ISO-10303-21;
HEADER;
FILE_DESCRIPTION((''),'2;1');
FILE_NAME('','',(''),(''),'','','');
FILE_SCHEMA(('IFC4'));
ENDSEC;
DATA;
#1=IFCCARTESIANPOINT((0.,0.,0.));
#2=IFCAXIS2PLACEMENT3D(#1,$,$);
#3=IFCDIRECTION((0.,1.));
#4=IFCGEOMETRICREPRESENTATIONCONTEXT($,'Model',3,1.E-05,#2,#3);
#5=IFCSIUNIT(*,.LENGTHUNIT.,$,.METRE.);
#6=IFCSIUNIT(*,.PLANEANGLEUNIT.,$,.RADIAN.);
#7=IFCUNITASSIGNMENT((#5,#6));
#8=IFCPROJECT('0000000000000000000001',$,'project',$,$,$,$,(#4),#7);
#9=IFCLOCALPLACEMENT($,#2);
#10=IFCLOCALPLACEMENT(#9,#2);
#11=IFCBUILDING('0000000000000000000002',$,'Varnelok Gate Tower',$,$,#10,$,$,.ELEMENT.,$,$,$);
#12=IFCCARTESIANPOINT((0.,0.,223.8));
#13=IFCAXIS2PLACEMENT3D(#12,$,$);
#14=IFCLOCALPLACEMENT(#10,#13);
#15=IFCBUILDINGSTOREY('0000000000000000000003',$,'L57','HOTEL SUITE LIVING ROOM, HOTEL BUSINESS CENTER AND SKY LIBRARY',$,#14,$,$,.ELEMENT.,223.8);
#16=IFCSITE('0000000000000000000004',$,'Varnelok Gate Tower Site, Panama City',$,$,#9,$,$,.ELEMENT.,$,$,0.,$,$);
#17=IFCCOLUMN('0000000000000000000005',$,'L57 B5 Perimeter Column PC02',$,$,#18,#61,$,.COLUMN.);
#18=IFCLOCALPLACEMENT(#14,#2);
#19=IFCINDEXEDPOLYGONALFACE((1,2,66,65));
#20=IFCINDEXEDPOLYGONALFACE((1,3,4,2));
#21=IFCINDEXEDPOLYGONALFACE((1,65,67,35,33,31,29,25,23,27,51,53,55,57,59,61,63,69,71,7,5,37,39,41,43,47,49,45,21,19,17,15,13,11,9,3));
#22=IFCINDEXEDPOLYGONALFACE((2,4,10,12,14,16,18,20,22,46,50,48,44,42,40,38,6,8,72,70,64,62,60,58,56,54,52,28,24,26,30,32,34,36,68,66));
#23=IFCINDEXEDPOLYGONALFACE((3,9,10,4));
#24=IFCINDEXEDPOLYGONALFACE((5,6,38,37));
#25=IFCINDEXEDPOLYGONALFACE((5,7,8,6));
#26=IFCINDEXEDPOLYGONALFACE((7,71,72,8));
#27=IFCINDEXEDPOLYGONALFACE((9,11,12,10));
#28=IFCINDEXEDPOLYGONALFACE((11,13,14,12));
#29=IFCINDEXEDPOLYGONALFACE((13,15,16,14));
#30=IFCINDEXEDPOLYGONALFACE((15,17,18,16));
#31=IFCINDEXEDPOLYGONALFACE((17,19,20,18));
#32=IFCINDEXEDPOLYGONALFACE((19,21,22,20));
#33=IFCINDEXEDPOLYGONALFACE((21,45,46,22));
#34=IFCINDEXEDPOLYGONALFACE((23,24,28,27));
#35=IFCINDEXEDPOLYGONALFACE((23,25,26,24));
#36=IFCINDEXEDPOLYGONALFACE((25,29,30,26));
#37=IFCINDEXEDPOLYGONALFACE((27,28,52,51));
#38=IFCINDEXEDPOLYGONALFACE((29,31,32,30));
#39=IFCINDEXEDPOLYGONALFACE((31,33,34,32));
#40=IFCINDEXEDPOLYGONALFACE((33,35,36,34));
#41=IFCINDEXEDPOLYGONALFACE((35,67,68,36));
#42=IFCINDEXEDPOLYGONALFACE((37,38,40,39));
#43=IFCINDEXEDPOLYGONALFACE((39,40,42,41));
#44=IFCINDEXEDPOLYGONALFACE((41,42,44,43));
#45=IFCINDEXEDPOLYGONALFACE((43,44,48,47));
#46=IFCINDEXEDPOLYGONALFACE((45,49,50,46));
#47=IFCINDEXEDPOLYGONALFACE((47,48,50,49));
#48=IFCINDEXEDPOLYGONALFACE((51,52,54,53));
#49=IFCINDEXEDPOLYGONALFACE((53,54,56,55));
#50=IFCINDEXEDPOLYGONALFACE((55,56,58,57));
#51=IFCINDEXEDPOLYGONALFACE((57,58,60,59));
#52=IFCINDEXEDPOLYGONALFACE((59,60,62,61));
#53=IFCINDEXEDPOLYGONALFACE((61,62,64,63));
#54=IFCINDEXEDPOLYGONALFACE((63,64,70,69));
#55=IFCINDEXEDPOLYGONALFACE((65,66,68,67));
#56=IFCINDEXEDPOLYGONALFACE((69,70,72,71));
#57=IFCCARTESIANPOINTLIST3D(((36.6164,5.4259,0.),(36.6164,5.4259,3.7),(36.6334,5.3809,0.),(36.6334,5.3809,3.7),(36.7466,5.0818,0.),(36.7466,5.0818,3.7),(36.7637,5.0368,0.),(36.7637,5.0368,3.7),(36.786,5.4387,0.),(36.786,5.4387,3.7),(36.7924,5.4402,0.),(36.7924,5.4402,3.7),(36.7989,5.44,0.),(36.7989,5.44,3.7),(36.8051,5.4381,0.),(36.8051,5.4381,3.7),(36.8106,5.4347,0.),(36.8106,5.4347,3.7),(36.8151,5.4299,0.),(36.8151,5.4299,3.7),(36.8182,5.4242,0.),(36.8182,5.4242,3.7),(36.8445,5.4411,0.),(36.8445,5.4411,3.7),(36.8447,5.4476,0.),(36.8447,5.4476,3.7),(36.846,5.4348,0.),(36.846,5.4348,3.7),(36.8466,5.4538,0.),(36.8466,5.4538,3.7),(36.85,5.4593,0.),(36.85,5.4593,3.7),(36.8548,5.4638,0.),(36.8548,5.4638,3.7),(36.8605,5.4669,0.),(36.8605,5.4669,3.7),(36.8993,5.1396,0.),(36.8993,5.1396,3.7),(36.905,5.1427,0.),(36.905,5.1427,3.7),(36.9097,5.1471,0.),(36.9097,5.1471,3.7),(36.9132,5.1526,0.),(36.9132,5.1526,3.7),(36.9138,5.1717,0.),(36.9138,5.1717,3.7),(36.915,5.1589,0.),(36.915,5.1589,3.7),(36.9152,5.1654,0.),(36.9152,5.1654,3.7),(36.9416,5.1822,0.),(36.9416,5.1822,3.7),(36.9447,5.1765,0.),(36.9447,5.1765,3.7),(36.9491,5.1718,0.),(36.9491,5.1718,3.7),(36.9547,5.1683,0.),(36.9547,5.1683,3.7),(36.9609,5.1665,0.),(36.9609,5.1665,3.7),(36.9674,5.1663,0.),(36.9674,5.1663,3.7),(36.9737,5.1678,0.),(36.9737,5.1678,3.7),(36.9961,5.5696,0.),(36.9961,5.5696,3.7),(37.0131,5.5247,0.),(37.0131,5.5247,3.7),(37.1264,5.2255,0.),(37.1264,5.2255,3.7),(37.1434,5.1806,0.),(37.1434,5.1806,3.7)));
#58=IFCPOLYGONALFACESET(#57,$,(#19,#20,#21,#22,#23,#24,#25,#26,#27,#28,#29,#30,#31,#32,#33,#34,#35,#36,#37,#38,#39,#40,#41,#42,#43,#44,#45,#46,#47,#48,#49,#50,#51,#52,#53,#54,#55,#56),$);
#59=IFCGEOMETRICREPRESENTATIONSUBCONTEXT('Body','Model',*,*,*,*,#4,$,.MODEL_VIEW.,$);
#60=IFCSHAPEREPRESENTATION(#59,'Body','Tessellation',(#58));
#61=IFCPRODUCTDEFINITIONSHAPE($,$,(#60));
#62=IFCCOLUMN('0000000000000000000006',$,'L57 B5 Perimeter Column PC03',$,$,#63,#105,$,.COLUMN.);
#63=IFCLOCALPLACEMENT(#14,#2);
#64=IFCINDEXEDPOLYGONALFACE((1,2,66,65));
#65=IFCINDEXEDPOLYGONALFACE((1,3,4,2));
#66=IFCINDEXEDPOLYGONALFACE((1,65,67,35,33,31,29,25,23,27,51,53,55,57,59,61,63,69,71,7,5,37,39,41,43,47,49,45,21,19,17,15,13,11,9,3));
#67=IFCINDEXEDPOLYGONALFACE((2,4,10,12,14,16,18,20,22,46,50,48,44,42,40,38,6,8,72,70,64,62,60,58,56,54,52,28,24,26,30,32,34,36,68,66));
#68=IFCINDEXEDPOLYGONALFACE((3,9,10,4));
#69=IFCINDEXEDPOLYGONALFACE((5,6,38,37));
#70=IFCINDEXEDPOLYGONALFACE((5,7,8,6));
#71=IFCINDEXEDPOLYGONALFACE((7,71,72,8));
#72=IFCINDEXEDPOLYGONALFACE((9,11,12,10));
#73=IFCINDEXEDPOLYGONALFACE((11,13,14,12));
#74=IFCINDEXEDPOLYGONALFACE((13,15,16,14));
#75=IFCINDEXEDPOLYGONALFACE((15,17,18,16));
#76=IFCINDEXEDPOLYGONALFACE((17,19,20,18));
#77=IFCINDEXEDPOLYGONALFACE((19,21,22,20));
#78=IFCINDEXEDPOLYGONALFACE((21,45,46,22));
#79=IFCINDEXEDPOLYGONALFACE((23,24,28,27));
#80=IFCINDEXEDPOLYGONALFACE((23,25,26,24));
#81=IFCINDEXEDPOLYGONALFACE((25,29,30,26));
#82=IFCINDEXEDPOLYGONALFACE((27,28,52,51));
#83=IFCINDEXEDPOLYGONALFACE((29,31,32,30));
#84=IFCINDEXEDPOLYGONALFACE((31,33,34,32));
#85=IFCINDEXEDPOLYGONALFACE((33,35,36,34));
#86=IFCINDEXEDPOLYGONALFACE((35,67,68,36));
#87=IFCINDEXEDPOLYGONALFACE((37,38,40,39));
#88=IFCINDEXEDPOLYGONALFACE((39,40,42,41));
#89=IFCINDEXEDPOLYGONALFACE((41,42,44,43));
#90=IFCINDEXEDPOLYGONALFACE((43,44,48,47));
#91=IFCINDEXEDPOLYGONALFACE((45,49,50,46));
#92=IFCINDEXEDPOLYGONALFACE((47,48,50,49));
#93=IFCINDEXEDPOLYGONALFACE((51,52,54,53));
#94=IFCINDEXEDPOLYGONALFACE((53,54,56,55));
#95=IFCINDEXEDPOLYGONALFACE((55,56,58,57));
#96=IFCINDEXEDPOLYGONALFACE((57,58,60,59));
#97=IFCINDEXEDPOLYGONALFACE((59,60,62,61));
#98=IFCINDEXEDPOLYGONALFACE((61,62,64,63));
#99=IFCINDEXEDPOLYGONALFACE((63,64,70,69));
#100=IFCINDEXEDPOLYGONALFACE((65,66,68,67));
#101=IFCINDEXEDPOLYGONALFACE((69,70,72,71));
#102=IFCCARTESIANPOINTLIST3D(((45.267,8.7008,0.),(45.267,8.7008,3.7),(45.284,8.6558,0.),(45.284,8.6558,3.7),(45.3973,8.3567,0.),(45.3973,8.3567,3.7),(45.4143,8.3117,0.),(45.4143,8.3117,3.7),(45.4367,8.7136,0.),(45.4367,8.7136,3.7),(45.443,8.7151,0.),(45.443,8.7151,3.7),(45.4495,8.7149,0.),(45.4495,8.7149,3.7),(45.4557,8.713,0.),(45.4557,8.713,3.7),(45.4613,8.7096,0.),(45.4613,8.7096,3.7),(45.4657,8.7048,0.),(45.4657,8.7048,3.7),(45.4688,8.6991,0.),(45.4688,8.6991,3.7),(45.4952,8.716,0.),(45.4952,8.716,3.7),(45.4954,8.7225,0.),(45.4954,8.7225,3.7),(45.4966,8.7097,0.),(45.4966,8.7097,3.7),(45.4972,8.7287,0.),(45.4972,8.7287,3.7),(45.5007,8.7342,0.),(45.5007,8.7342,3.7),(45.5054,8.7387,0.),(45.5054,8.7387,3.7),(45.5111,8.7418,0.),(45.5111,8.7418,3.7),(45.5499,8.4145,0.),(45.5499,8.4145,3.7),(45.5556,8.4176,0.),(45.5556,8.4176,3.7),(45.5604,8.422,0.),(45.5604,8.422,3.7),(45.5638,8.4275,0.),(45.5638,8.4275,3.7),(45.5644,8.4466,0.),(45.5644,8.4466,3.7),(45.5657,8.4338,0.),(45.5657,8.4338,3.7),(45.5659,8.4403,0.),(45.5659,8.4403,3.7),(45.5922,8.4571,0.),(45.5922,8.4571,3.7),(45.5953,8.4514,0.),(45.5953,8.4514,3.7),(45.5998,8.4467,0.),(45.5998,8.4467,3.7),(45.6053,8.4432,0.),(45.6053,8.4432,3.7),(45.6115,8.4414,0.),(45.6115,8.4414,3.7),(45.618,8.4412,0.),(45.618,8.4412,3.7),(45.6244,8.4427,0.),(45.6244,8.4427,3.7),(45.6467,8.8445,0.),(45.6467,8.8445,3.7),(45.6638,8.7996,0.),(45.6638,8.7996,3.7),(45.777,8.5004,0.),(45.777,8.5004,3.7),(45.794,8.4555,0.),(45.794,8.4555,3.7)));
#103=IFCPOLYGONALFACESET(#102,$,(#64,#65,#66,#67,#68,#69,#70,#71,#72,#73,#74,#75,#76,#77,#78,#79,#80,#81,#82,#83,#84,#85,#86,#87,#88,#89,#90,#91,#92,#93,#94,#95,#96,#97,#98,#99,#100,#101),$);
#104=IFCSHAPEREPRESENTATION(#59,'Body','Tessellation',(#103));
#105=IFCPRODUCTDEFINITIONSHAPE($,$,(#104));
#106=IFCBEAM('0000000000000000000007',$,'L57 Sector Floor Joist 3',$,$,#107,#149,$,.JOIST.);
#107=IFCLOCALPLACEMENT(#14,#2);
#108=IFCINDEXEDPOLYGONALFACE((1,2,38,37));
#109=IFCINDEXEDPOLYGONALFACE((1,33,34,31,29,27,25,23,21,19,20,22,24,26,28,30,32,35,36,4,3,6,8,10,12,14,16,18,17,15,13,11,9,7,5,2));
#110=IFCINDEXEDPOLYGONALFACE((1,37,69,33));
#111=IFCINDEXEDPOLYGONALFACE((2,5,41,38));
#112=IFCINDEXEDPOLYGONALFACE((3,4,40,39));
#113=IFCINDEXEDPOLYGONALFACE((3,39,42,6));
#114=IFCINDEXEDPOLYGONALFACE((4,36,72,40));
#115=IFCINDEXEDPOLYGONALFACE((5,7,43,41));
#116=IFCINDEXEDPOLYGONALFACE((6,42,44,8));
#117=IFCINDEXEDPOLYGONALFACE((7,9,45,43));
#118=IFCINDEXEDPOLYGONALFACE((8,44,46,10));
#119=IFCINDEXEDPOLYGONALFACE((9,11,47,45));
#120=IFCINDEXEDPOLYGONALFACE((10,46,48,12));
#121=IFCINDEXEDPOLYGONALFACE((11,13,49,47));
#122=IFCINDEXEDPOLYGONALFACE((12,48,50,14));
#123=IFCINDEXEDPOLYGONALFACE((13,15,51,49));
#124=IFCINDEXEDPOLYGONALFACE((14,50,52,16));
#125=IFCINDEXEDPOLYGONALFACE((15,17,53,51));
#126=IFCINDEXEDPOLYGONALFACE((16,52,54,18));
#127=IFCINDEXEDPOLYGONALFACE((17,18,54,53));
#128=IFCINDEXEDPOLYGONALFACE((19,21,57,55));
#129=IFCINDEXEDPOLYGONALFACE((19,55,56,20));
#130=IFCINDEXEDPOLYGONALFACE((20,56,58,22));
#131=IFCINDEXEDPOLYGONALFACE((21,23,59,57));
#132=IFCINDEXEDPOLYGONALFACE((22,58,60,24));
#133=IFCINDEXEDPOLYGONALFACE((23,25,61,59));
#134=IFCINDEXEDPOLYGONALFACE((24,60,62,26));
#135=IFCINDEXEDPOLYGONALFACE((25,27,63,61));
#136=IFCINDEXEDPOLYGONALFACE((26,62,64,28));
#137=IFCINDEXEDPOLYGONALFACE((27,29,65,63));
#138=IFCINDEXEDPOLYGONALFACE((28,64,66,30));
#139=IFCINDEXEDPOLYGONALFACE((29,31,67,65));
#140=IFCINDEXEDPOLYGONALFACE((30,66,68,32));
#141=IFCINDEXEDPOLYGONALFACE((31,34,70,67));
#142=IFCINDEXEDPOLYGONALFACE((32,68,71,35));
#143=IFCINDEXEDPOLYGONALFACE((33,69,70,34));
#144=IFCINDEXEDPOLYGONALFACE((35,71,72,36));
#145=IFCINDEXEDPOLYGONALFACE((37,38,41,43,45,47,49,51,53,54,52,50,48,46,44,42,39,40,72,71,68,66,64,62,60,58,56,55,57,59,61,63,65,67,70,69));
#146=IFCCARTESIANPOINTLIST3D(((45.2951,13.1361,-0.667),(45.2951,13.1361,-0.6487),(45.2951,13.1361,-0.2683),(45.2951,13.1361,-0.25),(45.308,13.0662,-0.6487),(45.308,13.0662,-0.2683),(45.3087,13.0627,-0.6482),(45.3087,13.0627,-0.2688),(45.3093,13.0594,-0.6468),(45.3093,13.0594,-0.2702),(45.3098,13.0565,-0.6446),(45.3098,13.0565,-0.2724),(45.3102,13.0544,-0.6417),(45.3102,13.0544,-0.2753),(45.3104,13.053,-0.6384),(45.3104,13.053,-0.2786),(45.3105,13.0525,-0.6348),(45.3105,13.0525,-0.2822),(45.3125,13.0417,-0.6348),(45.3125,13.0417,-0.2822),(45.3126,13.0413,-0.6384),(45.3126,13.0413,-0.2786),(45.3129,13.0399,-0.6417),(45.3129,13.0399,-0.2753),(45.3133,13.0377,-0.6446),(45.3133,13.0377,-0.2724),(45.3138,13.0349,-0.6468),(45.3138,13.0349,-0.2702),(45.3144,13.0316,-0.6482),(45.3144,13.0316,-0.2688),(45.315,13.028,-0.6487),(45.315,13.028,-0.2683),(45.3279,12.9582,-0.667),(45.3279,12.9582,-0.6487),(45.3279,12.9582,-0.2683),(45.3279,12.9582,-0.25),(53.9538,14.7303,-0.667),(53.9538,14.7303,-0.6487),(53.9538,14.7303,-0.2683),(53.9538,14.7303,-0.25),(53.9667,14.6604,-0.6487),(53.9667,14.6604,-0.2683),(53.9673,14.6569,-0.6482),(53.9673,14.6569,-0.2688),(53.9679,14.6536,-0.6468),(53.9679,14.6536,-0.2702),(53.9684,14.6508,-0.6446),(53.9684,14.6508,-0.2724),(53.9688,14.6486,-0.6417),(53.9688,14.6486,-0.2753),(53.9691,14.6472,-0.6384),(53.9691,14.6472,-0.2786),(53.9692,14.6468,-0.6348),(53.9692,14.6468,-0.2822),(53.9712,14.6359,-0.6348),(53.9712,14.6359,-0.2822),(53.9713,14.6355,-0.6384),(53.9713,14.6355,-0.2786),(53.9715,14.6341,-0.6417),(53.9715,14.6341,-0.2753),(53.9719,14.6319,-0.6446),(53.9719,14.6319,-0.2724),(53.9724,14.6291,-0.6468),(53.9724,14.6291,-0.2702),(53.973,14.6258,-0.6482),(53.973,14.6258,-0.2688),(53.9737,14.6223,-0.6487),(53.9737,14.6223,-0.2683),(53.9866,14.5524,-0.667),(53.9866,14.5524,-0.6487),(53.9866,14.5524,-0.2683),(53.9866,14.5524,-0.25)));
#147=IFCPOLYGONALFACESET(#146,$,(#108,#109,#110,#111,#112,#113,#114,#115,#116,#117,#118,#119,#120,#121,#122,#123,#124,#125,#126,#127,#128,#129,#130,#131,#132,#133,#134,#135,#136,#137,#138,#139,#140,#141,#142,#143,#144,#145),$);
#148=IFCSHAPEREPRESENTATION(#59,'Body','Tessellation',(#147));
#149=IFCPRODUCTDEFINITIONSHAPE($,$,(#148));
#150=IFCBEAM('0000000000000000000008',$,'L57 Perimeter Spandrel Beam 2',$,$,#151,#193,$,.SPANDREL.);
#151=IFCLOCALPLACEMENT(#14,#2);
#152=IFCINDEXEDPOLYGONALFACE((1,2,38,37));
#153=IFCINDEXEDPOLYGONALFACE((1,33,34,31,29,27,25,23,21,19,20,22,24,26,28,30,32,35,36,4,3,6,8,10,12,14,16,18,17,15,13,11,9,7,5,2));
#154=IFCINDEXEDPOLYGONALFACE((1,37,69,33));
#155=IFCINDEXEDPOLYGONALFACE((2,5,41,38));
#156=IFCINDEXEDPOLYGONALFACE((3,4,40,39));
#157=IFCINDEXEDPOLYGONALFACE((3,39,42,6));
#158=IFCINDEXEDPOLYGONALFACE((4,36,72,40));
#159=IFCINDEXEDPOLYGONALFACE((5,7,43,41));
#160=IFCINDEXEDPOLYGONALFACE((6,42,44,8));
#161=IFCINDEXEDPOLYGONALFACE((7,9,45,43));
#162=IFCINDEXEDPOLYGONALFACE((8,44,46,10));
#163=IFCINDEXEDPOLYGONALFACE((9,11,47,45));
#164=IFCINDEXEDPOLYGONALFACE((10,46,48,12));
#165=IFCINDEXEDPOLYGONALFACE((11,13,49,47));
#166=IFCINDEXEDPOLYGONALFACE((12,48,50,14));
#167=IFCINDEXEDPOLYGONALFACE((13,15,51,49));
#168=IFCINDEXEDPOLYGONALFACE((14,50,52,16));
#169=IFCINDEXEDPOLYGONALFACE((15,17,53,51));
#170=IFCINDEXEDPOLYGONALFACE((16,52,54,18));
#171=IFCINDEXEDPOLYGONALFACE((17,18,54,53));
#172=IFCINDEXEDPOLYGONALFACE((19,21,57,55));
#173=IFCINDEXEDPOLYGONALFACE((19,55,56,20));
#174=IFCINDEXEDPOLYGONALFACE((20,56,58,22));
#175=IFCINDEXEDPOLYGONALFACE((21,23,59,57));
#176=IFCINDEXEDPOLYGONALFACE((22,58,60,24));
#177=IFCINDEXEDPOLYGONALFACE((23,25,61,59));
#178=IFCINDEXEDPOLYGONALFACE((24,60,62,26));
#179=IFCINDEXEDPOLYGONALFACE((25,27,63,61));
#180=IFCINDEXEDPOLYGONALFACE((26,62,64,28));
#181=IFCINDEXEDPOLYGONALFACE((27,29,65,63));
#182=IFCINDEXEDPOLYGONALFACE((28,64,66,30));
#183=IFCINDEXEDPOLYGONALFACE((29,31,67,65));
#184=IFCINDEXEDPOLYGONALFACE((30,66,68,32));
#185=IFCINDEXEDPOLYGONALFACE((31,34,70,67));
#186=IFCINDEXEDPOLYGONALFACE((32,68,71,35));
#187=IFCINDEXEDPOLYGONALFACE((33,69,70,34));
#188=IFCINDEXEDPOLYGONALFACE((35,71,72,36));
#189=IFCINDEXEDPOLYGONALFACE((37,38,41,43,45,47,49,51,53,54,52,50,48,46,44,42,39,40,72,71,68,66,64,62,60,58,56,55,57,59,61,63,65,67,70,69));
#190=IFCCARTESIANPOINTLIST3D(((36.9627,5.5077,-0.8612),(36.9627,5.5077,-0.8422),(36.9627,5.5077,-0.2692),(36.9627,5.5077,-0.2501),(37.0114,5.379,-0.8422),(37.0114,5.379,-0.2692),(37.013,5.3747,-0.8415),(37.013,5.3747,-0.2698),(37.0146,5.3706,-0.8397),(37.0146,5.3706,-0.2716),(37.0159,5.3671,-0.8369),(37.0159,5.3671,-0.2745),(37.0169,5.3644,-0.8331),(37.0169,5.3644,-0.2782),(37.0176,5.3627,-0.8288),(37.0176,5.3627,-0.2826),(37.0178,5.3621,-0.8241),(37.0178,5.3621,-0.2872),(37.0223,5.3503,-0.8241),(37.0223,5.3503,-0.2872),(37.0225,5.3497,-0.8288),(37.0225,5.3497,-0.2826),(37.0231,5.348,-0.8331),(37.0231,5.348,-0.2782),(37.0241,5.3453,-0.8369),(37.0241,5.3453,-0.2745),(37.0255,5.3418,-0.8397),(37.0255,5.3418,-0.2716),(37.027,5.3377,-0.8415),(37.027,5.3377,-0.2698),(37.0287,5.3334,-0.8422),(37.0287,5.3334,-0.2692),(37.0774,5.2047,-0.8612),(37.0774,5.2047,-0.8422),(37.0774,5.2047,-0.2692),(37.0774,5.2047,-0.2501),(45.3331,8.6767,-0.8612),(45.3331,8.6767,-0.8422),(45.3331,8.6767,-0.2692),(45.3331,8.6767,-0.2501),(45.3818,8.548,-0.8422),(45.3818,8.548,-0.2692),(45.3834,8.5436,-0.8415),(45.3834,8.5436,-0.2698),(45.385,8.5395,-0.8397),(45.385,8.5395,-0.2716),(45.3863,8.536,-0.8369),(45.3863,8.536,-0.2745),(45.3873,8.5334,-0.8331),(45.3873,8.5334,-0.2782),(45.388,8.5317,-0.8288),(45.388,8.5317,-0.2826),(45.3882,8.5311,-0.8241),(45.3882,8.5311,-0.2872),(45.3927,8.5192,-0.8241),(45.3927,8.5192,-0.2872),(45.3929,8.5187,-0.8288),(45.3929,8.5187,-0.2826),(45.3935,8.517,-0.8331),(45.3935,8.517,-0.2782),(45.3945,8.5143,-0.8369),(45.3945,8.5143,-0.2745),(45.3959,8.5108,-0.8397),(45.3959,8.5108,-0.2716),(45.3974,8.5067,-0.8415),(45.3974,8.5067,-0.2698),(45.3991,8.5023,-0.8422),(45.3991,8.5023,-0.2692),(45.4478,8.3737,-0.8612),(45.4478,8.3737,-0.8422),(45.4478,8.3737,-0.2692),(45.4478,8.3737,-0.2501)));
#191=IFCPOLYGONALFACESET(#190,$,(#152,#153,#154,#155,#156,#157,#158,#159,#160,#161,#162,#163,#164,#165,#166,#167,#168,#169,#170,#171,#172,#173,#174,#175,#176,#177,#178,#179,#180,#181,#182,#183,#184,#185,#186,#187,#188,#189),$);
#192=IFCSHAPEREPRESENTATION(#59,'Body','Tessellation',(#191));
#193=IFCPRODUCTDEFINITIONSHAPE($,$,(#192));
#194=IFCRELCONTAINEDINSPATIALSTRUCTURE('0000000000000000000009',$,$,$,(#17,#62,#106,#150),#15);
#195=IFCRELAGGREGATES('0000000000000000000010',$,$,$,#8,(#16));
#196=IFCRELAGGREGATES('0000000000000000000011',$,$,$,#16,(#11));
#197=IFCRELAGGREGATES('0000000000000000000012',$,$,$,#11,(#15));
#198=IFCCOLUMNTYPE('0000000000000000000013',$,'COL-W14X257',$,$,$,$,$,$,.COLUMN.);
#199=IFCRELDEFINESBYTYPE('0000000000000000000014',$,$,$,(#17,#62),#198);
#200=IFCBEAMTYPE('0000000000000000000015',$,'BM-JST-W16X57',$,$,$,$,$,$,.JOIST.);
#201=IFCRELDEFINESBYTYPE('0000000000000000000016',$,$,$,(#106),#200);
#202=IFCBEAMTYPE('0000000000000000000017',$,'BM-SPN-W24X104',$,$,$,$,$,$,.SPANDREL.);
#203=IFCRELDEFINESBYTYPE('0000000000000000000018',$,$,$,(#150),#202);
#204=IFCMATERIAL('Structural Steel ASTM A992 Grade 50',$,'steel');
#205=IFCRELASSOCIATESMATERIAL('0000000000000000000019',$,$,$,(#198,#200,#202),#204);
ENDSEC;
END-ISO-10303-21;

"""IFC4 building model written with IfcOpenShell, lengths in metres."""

from ifc_helpers import new_model, si_unit, direction, frame, origin, origin_2d, place, context, subcontext, project, spatial, i_section, extrude, material, material_profile, profile_set, type_object, element, save


model = new_model("IFC4")

# Units and contexts
model_context = context("Model", 3, precision=1e-05, world=origin(), true_north=direction((0.0, 1.0)))
body_context = subcontext(model_context, "Body", "Model", "MODEL_VIEW")
ifc_project = project(units=[si_unit("LENGTHUNIT", "METRE"), si_unit("PLANEANGLEUNIT", "RADIAN")], contexts=[model_context])

# Site, building, storey
site_placement = place(None, origin())
site = spatial("IfcSite", under=ifc_project, at=site_placement, Name="Varnelok Gate Tower Site, Panama City", CompositionType="ELEMENT", RefElevation=0.0)
building_placement = place(site_placement, origin())
building = spatial("IfcBuilding", under=site, at=building_placement, Name="Varnelok Gate Tower", CompositionType="ELEMENT")
storey_placement = place(building_placement, frame((0.0, 0.0, 223.8)))
storey = spatial("IfcBuildingStorey", under=building, at=storey_placement, Name="L57", Description="HOTEL SUITE LIVING ROOM, HOTEL BUSINESS CENTER AND SKY LIBRARY", CompositionType="ELEMENT", Elevation=223.8)

# Columns
ifc_material_1 = material(Name="Structural Steel ASTM A992 Grade 50", Category="steel")
ifc_material_profile_1 = material_profile(ifc_material_1, i_section(OverallWidth=0.406, OverallDepth=0.416, WebThickness=0.0298, FlangeThickness=0.0481, FilletRadius=0.0249, at=origin_2d()), Name="W14X257")
ifc_profile_set_1 = profile_set([ifc_material_profile_1], Name="Structural Steel ASTM A992 Grade 50")
column_type = type_object("IfcColumnType", Name="COL-W14X257", PredefinedType="COLUMN", material=ifc_profile_set_1)
for number, where, z_axis, x_axis, name in (
    (1, (36.8799, 5.3032, 0.0), (0.0, 0.0, 1.0), (0.935222, 0.354063, 0.0), "L57 B5 Perimeter Column PC02"),
    (2, (45.5305, 8.5781, 0.0), (0.0, 0.0, 1.0), (0.935222, 0.354063, 0.0), "L57 B5 Perimeter Column PC03"),
):
    element("IfcColumn", number, at=place(storey_placement, frame(where, z_axis=z_axis, x_axis=x_axis)), inside=storey, type_object=column_type, Name=name, PredefinedType="COLUMN", context=body_context, shape_type="SweptSolid", body=[
        extrude(i_section(OverallWidth=0.406, OverallDepth=0.416, WebThickness=0.0298, FlangeThickness=0.0481, FilletRadius=0.0249, at=origin_2d()), origin(), (0.0, 0.0, 1.0), 3.7),
    ])

# Beams
ifc_material_profile_2 = material_profile(ifc_material_1, i_section(OverallWidth=0.1809, OverallDepth=0.417, WebThickness=0.011, FlangeThickness=0.0183, FilletRadius=0.0139, at=origin_2d()), Name="W16X57")
ifc_profile_set_2 = profile_set([ifc_material_profile_2], Name="Structural Steel ASTM A992 Grade 50")
beam_type_1 = type_object("IfcBeamType", Name="BM-JST-W16X57", PredefinedType="JOIST", material=ifc_profile_set_2)
beam_1_placement = place(storey_placement, frame((45.3115, 13.0471, -0.4585), z_axis=(0.983469, 0.181076, 0.0), x_axis=(-0.181076, 0.983469, 0.0)))
element("IfcBeam", 3, at=beam_1_placement, inside=storey, type_object=beam_type_1, Name="L57 Sector Floor Joist 3", PredefinedType="JOIST", context=body_context, shape_type="SweptSolid", body=[
    extrude(i_section(OverallWidth=0.1809, OverallDepth=0.417, WebThickness=0.011, FlangeThickness=0.0183, FilletRadius=0.0139, at=origin_2d()), origin(), (0.0, 0.0, 1.0), 8.8042),
])
ifc_material_profile_3 = material_profile(ifc_material_1, i_section(OverallWidth=0.324, OverallDepth=0.6111, WebThickness=0.0127, FlangeThickness=0.019, FilletRadius=0.0181, at=origin_2d()), Name="W24X104")
ifc_profile_set_3 = profile_set([ifc_material_profile_3], Name="Structural Steel ASTM A992 Grade 50")
beam_type_2 = type_object("IfcBeamType", Name="BM-SPN-W24X104", PredefinedType="SPANDREL", material=ifc_profile_set_3)
beam_2_placement = place(storey_placement, frame((37.02, 5.3562, -0.5557), z_axis=(0.93522, 0.354066, 0.0), x_axis=(-0.354066, 0.93522, 0.0)))
element("IfcBeam", 4, at=beam_2_placement, inside=storey, type_object=beam_type_2, Name="L57 Perimeter Spandrel Beam 2", PredefinedType="SPANDREL", context=body_context, shape_type="SweptSolid", body=[
    extrude(i_section(OverallWidth=0.324, OverallDepth=0.6111, WebThickness=0.0127, FlangeThickness=0.019, FilletRadius=0.0181, at=origin_2d()), origin(), (0.0, 0.0, 1.0), 8.9502),
])

save(model, "model.ifc")
